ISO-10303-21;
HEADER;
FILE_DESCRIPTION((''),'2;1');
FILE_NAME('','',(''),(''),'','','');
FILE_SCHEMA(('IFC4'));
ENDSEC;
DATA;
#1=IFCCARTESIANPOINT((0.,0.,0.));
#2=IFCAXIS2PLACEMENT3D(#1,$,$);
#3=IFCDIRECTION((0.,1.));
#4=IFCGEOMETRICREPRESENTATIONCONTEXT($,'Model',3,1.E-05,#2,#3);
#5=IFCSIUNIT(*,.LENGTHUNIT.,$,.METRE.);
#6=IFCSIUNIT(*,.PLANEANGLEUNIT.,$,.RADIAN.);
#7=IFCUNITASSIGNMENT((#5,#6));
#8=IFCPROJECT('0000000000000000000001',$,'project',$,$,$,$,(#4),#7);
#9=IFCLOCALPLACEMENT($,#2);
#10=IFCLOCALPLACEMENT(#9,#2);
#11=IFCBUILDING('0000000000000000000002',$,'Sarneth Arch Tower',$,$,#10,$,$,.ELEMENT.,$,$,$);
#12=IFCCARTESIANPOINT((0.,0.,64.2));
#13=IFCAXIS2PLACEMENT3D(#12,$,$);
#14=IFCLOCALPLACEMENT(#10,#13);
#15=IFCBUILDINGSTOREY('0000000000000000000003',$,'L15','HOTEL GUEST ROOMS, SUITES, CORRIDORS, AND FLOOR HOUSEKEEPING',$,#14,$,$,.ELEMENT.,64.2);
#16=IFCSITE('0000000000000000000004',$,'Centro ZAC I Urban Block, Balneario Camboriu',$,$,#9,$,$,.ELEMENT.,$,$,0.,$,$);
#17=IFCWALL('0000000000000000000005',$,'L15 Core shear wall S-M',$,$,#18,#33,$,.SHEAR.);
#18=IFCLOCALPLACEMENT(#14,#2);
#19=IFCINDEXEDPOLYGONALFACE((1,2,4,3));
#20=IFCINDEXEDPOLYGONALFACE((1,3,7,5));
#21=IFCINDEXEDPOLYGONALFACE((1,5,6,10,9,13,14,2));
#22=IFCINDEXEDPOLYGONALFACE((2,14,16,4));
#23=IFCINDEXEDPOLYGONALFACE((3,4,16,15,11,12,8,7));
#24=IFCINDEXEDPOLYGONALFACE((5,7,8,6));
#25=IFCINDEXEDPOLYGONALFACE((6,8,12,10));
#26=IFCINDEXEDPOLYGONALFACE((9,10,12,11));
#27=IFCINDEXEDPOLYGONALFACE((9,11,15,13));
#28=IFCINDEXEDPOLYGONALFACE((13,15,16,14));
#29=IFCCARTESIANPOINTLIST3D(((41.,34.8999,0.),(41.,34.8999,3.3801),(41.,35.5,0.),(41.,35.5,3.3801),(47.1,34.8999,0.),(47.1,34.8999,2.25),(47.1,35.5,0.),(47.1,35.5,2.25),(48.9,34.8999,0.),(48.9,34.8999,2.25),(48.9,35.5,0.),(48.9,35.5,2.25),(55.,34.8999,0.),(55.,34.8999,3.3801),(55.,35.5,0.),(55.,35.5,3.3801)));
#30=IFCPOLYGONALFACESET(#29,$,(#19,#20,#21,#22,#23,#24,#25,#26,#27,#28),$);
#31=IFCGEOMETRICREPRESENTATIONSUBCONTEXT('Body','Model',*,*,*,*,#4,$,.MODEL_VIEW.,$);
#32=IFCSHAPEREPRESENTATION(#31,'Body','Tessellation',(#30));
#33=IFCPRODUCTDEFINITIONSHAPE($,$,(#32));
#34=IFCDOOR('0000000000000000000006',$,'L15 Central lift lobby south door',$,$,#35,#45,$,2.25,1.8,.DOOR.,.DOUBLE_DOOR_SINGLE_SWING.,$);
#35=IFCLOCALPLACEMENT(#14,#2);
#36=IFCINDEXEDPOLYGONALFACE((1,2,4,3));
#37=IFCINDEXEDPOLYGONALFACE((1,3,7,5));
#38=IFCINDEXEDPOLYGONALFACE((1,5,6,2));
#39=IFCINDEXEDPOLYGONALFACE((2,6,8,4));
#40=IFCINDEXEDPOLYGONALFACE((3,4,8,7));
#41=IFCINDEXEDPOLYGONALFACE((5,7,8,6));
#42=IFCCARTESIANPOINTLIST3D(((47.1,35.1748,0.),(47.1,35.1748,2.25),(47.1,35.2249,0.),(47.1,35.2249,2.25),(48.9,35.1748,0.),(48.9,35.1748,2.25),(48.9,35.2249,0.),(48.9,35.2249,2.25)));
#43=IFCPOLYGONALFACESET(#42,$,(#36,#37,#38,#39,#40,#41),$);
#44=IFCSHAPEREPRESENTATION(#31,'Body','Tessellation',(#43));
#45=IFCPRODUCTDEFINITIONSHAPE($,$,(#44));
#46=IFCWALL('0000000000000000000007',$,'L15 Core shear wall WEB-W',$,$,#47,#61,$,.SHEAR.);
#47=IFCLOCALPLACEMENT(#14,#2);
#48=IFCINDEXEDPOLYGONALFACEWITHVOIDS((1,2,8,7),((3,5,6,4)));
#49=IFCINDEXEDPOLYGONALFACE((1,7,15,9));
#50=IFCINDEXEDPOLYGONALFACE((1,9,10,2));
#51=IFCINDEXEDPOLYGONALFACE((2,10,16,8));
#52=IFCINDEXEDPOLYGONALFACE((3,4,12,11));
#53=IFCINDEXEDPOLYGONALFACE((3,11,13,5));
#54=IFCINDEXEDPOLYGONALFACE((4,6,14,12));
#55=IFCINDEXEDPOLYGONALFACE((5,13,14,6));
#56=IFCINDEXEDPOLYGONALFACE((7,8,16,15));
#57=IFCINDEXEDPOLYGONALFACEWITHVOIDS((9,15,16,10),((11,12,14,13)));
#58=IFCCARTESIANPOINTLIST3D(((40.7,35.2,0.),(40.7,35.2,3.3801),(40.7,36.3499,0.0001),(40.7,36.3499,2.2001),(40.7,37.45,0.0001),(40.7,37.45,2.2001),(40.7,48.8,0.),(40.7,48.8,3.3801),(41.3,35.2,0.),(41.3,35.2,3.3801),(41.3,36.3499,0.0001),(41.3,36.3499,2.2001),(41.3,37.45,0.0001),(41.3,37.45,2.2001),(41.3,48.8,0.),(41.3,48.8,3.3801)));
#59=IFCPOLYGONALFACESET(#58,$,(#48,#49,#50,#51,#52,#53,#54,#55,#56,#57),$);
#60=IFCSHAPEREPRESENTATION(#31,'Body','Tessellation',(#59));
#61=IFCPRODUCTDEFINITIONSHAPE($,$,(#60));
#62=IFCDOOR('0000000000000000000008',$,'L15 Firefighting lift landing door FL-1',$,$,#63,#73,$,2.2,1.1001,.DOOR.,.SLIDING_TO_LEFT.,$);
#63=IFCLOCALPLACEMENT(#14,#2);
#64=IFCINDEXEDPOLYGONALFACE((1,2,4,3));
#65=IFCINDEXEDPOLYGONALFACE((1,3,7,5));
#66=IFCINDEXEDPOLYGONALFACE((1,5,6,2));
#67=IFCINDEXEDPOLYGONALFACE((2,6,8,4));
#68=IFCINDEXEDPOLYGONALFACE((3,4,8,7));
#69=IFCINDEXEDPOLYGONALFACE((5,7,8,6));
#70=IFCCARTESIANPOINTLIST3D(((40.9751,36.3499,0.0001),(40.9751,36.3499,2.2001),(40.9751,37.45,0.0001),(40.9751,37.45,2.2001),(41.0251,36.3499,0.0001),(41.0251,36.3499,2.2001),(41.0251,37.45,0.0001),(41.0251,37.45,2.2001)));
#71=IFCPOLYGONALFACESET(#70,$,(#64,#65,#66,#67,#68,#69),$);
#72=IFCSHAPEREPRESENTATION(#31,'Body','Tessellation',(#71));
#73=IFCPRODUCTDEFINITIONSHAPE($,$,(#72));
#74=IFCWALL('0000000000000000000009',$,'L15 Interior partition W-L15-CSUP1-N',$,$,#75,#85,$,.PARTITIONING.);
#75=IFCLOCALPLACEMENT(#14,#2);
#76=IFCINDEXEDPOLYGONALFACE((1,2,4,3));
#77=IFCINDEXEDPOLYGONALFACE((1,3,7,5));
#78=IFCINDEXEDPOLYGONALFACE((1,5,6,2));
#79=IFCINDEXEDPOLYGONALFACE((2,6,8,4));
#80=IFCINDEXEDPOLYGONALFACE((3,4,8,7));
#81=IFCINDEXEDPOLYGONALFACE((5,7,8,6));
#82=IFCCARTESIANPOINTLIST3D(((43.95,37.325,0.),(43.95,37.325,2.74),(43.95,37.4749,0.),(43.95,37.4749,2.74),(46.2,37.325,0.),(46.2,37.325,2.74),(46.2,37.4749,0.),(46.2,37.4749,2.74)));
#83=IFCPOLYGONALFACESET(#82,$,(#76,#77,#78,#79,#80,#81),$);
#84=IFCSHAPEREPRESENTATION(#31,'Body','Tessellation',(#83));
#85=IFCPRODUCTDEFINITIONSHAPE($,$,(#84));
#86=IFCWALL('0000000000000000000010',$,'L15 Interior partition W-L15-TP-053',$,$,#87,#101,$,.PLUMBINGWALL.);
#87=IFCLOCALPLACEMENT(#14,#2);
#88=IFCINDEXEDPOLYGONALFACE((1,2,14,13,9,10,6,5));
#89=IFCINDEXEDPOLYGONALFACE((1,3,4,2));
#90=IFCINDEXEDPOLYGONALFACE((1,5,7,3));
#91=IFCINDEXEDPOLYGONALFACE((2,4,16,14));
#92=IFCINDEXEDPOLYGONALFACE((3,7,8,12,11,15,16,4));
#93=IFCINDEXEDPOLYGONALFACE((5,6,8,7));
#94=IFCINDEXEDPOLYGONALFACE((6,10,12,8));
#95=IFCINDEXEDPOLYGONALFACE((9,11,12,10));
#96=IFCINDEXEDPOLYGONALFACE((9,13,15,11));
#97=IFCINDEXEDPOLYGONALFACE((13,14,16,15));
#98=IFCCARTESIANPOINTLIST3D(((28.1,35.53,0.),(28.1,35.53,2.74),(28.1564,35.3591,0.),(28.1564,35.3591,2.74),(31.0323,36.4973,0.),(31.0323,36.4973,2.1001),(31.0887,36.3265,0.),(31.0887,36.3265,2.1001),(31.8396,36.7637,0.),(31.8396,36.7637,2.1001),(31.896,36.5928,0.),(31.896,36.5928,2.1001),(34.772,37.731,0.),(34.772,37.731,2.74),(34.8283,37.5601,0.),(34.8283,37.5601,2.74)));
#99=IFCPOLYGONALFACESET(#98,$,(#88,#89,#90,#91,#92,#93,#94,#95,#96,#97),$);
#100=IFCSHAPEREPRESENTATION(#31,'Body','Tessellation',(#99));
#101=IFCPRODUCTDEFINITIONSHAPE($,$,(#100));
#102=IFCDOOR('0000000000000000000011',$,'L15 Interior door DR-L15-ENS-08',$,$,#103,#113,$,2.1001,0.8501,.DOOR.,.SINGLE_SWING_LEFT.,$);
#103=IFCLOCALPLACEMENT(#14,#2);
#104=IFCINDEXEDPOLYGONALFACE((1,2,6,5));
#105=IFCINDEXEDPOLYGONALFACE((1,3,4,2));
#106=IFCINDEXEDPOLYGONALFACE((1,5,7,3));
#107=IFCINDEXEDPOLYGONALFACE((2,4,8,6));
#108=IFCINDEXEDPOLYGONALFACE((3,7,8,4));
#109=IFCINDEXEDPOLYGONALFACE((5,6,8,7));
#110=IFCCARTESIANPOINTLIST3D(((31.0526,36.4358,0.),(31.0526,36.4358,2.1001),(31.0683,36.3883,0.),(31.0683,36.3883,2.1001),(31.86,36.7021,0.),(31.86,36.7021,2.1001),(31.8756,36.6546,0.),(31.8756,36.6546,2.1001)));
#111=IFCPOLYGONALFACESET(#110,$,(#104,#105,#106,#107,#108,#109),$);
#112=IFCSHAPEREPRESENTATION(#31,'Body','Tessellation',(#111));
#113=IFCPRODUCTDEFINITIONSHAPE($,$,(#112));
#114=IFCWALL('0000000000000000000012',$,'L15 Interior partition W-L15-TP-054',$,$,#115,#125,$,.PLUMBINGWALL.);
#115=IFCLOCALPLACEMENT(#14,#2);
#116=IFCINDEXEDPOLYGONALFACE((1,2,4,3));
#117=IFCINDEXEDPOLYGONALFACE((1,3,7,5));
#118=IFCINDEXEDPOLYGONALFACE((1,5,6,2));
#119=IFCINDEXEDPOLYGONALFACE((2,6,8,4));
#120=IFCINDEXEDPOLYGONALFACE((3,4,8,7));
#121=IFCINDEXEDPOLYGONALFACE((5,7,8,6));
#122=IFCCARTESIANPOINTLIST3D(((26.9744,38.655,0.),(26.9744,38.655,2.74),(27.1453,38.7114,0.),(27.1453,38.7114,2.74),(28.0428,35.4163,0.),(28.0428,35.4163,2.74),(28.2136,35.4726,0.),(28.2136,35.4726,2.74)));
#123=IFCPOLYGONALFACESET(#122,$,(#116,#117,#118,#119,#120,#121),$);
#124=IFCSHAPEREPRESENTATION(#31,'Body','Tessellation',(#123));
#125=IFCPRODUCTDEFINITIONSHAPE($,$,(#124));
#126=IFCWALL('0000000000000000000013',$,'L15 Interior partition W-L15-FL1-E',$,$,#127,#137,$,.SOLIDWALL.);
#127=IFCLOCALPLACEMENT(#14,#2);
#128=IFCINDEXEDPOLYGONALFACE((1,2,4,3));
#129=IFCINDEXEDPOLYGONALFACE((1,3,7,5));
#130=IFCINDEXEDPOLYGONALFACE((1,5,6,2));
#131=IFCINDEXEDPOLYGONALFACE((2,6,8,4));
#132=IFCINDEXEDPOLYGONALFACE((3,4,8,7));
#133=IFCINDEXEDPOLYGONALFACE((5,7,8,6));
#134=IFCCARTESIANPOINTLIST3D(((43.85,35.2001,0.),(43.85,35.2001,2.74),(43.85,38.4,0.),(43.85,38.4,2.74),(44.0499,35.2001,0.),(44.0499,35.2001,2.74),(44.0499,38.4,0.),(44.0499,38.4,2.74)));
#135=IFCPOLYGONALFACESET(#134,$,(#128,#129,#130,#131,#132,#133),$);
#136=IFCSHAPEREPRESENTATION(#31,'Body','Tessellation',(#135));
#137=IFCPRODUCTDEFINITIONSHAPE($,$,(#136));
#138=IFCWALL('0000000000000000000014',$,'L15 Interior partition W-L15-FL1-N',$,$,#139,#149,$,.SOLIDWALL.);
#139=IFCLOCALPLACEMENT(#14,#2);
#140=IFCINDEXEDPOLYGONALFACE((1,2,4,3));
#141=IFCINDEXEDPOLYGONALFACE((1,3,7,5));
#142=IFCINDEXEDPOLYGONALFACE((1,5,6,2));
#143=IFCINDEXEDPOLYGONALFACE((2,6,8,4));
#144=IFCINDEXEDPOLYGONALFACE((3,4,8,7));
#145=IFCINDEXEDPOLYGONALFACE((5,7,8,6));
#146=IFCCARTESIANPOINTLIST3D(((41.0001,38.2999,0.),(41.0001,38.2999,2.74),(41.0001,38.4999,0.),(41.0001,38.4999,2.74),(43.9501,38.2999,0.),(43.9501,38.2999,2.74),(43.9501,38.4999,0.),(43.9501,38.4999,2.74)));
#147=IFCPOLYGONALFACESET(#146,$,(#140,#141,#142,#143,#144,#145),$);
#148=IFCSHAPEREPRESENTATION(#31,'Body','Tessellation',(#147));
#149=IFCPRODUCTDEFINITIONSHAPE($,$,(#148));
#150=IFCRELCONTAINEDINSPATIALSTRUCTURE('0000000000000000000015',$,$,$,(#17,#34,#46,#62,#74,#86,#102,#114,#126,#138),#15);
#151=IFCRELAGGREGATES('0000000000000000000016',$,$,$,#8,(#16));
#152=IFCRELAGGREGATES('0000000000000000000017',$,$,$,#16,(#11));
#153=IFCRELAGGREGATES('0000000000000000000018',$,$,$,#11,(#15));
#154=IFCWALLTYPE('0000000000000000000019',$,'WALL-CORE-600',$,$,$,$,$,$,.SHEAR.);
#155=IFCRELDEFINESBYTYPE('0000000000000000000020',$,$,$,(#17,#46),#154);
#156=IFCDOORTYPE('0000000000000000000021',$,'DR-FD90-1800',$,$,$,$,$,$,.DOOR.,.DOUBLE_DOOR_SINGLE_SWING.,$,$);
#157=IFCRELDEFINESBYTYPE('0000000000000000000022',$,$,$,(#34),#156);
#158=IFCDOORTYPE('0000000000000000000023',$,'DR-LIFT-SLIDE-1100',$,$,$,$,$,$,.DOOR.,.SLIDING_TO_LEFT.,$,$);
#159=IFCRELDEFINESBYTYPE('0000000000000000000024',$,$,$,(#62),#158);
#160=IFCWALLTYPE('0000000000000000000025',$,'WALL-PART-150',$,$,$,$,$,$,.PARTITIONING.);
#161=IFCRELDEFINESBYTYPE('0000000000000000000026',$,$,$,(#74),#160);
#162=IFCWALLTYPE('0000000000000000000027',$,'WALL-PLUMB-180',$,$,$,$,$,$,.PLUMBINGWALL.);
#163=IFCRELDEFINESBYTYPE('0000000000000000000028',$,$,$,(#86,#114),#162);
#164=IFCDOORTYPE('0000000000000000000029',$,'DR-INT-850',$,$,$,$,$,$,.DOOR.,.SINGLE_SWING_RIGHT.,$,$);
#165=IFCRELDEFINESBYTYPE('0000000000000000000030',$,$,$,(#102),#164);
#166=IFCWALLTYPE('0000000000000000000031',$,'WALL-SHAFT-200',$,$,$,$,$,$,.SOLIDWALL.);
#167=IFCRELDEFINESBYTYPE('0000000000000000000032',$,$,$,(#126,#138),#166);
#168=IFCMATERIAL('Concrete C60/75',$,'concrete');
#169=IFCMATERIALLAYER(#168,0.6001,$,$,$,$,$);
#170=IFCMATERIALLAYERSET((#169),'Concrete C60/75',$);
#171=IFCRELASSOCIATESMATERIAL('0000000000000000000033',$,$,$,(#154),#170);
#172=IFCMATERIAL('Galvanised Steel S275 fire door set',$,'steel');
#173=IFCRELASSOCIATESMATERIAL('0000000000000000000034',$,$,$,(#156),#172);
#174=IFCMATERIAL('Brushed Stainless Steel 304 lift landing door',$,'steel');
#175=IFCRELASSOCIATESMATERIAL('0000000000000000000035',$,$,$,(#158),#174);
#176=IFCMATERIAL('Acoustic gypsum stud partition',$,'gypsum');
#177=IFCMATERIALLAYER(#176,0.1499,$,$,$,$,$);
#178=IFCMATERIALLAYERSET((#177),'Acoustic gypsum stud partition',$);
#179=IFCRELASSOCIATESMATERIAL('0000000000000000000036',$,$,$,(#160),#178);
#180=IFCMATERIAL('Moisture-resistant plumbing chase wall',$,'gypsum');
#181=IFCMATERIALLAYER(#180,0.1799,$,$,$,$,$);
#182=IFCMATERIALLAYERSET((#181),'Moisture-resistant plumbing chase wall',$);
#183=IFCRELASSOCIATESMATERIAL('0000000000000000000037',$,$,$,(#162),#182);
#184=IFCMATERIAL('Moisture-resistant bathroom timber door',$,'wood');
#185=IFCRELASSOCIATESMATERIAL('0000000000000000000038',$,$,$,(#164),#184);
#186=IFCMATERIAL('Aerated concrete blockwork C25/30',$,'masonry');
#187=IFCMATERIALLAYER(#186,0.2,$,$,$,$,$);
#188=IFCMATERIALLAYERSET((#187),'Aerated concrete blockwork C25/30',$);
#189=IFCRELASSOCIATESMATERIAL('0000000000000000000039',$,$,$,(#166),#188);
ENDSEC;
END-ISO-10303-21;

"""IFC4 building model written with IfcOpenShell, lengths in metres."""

from ifc_helpers import new_model, si_unit, direction, frame, frame_2d, origin, place, context, subcontext, project, spatial, rectangle, extrude, material, layer, layer_set, type_object, element, fill, save


model = new_model("IFC4")

# Units and contexts
model_context = context("Model", 3, precision=1e-05, world=origin(), true_north=direction((0.0, 1.0)))
body_context = subcontext(model_context, "Body", "Model", "MODEL_VIEW")
ifc_project = project(units=[si_unit("LENGTHUNIT", "METRE"), si_unit("PLANEANGLEUNIT", "RADIAN")], contexts=[model_context])

# Site, building, storey
site_placement = place(None, origin())
site = spatial("IfcSite", under=ifc_project, at=site_placement, Name="Centro ZAC I Urban Block, Balneario Camboriu", CompositionType="ELEMENT", RefElevation=0.0)
building_placement = place(site_placement, origin())
building = spatial("IfcBuilding", under=site, at=building_placement, Name="Sarneth Arch Tower", CompositionType="ELEMENT")
storey_placement = place(building_placement, frame((0.0, 0.0, 64.2)))
storey = spatial("IfcBuildingStorey", under=building, at=storey_placement, Name="L15", Description="HOTEL GUEST ROOMS, SUITES, CORRIDORS, AND FLOOR HOUSEKEEPING", CompositionType="ELEMENT", Elevation=64.2)

# Shared definitions
ifc_material_1 = material(Name="Concrete C60/75", Category="concrete")
ifc_layer_1 = layer(ifc_material_1, 0.6001)
ifc_layer_set_1 = layer_set([ifc_layer_1], Name="Concrete C60/75")
wall_type_1 = type_object("IfcWallType", Name="WALL-CORE-600", PredefinedType="SHEAR", material=ifc_layer_set_1)

# Walls, openings, doors
wall_1_placement = place(storey_placement, frame((41.0, 35.2, 0.0), z_axis=(0.0, 0.0, 1.0), x_axis=(1.0, 0.0, 0.0)))
wall_1 = element("IfcWall", 1, at=wall_1_placement, inside=storey, type_object=wall_type_1, Name="L15 Core shear wall S-M", PredefinedType="SHEAR", context=body_context, shape_type="SweptSolid", body=[
    extrude(rectangle(XDim=14.0, YDim=0.6001, at=frame_2d((7.0, 0.0))), origin(), (0.0, 0.0, 1.0), 3.3801),
])
opening_1_placement = place(wall_1_placement, frame((6.1001, 0.0, 0.0)))
opening_1 = element("IfcOpeningElement", 2, at=opening_1_placement, cuts=wall_1, PredefinedType="OPENING", context=body_context, shape_type="SweptSolid", body=[
    extrude(rectangle(XDim=1.8, YDim=2.25, at=frame_2d((0.8999, 1.125))), frame((0.0, 0.3101, 0.0), z_axis=(0.0, -1.0, 0.0), x_axis=(1.0, 0.0, 0.0)), (0.0, 0.0, 1.0), 0.6201),
])
ifc_material_2 = material(Name="Galvanised Steel S275 fire door set", Category="steel")
door_type_1 = type_object("IfcDoorType", Name="DR-FD90-1800", OperationType="DOUBLE_DOOR_SINGLE_SWING", PredefinedType="DOOR", material=ifc_material_2)
door_1_placement = place(opening_1_placement, origin())
door_1 = element("IfcDoor", 3, at=door_1_placement, inside=storey, type_object=door_type_1, Name="L15 Central lift lobby south door", OperationType="DOUBLE_DOOR_SINGLE_SWING", OverallHeight=2.25, OverallWidth=1.8, PredefinedType="DOOR", context=body_context, shape_type="SweptSolid", body=[
    extrude(rectangle(XDim=1.8, YDim=2.25, at=frame_2d((0.8999, 1.125))), frame((0.0, 0.0249, 0.0), z_axis=(0.0, -1.0, 0.0), x_axis=(1.0, 0.0, 0.0)), (0.0, 0.0, 1.0), 0.05),
])
fill(opening_1, door_1)
wall_2_placement = place(storey_placement, frame((41.0, 35.2, 0.0), z_axis=(0.0, 0.0, 1.0), x_axis=(0.0, 1.0, 0.0)))
wall_2 = element("IfcWall", 4, at=wall_2_placement, inside=storey, type_object=wall_type_1, Name="L15 Core shear wall WEB-W", PredefinedType="SHEAR", context=body_context, shape_type="SweptSolid", body=[
    extrude(rectangle(XDim=13.6001, YDim=0.6001, at=frame_2d((6.8, 0.0))), origin(), (0.0, 0.0, 1.0), 3.3801),
])
opening_2_placement = place(wall_2_placement, frame((1.1499, 0.0, 0.0)))
opening_2 = element("IfcOpeningElement", 5, at=opening_2_placement, cuts=wall_2, PredefinedType="OPENING", context=body_context, shape_type="SweptSolid", body=[
    extrude(rectangle(XDim=1.1001, YDim=2.2, at=frame_2d((0.55, 1.1001))), frame((0.0, 0.3101, 0.0), z_axis=(0.0, -1.0, 0.0), x_axis=(1.0, 0.0, 0.0)), (0.0, 0.0, 1.0), 0.6201),
])
ifc_material_3 = material(Name="Brushed Stainless Steel 304 lift landing door", Category="steel")
door_type_2 = type_object("IfcDoorType", Name="DR-LIFT-SLIDE-1100", OperationType="SLIDING_TO_LEFT", PredefinedType="DOOR", material=ifc_material_3)
door_2_placement = place(opening_2_placement, origin())
door_2 = element("IfcDoor", 6, at=door_2_placement, inside=storey, type_object=door_type_2, Name="L15 Firefighting lift landing door FL-1", OperationType="SLIDING_TO_LEFT", OverallHeight=2.2, OverallWidth=1.1001, PredefinedType="DOOR", context=body_context, shape_type="SweptSolid", body=[
    extrude(rectangle(XDim=1.1001, YDim=2.2, at=frame_2d((0.55, 1.1001))), frame((0.0, 0.0249, 0.0), z_axis=(0.0, -1.0, 0.0), x_axis=(1.0, 0.0, 0.0)), (0.0, 0.0, 1.0), 0.05),
])
fill(opening_2, door_2)

# Wall
ifc_material_4 = material(Name="Acoustic gypsum stud partition", Category="gypsum")
ifc_layer_2 = layer(ifc_material_4, 0.1499)
ifc_layer_set_2 = layer_set([ifc_layer_2], Name="Acoustic gypsum stud partition")
wall_type_2 = type_object("IfcWallType", Name="WALL-PART-150", PredefinedType="PARTITIONING", material=ifc_layer_set_2)
wall_3_placement = place(storey_placement, frame((43.95, 37.3999, 0.0), z_axis=(0.0, 0.0, 1.0), x_axis=(1.0, 0.0, 0.0)))
element("IfcWall", 7, at=wall_3_placement, inside=storey, type_object=wall_type_2, Name="L15 Interior partition W-L15-CSUP1-N", PredefinedType="PARTITIONING", context=body_context, shape_type="SweptSolid", body=[
    extrude(rectangle(XDim=2.25, YDim=0.1499, at=frame_2d((1.125, 0.0))), origin(), (0.0, 0.0, 1.0), 2.74),
])

# Wall, opening, door
ifc_material_5 = material(Name="Moisture-resistant plumbing chase wall", Category="gypsum")
ifc_layer_3 = layer(ifc_material_5, 0.1799)
ifc_layer_set_3 = layer_set([ifc_layer_3], Name="Moisture-resistant plumbing chase wall")
wall_type_3 = type_object("IfcWallType", Name="WALL-PLUMB-180", PredefinedType="PLUMBINGWALL", material=ifc_layer_set_3)
wall_4_placement = place(storey_placement, frame((34.8, 37.6455, 0.0), z_axis=(0.0, 0.0, 1.0), x_axis=(-0.949662, -0.313276, 0.0)))
wall_4 = element("IfcWall", 8, at=wall_4_placement, inside=storey, type_object=wall_type_3, Name="L15 Interior partition W-L15-TP-053", PredefinedType="PLUMBINGWALL", context=body_context, shape_type="SweptSolid", body=[
    extrude(rectangle(XDim=7.0256, YDim=0.1799, at=frame_2d((3.5127, 0.0))), origin(), (0.0, 0.0, 1.0), 2.74),
])
opening_3_placement = place(wall_4_placement, frame((3.0876, 0.0, 0.0)))
opening_3 = element("IfcOpeningElement", 9, at=opening_3_placement, cuts=wall_4, PredefinedType="OPENING", context=body_context, shape_type="SweptSolid", body=[
    extrude(rectangle(XDim=0.8501, YDim=2.1001, at=frame_2d((0.425, 1.05))), frame((0.0, 0.0999, 0.0), z_axis=(0.0, -1.0, 0.0), x_axis=(1.0, 0.0, 0.0)), (0.0, 0.0, 1.0), 0.2),
])
ifc_material_6 = material(Name="Moisture-resistant bathroom timber door", Category="wood")
door_type_3 = type_object("IfcDoorType", Name="DR-INT-850", OperationType="SINGLE_SWING_RIGHT", PredefinedType="DOOR", material=ifc_material_6)
door_3_placement = place(opening_3_placement, origin())
door_3 = element("IfcDoor", 10, at=door_3_placement, inside=storey, type_object=door_type_3, Name="L15 Interior door DR-L15-ENS-08", OperationType="SINGLE_SWING_LEFT", OverallHeight=2.1001, OverallWidth=0.8501, PredefinedType="DOOR", context=body_context, shape_type="SweptSolid", body=[
    extrude(rectangle(XDim=0.8501, YDim=2.1001, at=frame_2d((0.425, 1.05))), frame((0.0, 0.0249, 0.0), z_axis=(0.0, -1.0, 0.0), x_axis=(1.0, 0.0, 0.0)), (0.0, 0.0, 1.0), 0.05),
])
fill(opening_3, door_3)

# Wall
wall_5_placement = place(storey_placement, frame((28.1282, 35.4446, 0.0), z_axis=(0.0, 0.0, 1.0), x_axis=(-0.313263, 0.949667, 0.0)))
element("IfcWall", 11, at=wall_5_placement, inside=storey, type_object=wall_type_3, Name="L15 Interior partition W-L15-TP-054", PredefinedType="PLUMBINGWALL", context=body_context, shape_type="SweptSolid", body=[
    extrude(rectangle(XDim=3.4104, YDim=0.1799, at=frame_2d((1.7051, 0.0))), origin(), (0.0, 0.0, 1.0), 2.74),
])

# Shared definitions
ifc_material_7 = material(Name="Aerated concrete blockwork C25/30", Category="masonry")
ifc_layer_4 = layer(ifc_material_7, 0.2)
ifc_layer_set_4 = layer_set([ifc_layer_4], Name="Aerated concrete blockwork C25/30")
wall_type_4 = type_object("IfcWallType", Name="WALL-SHAFT-200", PredefinedType="SOLIDWALL", material=ifc_layer_set_4)

# Walls
wall_6_placement = place(storey_placement, frame((43.95, 35.2, 0.0), z_axis=(0.0, 0.0, 1.0), x_axis=(0.0, 1.0, 0.0)))
element("IfcWall", 12, at=wall_6_placement, inside=storey, type_object=wall_type_4, Name="L15 Interior partition W-L15-FL1-E", PredefinedType="SOLIDWALL", context=body_context, shape_type="SweptSolid", body=[
    extrude(rectangle(XDim=3.2, YDim=0.2, at=frame_2d((1.6001, 0.0))), origin(), (0.0, 0.0, 1.0), 2.74),
])
wall_7_placement = place(storey_placement, frame((41.0, 38.3999, 0.0), z_axis=(0.0, 0.0, 1.0), x_axis=(1.0, 0.0, 0.0)))
element("IfcWall", 13, at=wall_7_placement, inside=storey, type_object=wall_type_4, Name="L15 Interior partition W-L15-FL1-N", PredefinedType="SOLIDWALL", context=body_context, shape_type="SweptSolid", body=[
    extrude(rectangle(XDim=2.95, YDim=0.2, at=frame_2d((1.4751, 0.0))), origin(), (0.0, 0.0, 1.0), 2.74),
])

save(model, "model.ifc")
